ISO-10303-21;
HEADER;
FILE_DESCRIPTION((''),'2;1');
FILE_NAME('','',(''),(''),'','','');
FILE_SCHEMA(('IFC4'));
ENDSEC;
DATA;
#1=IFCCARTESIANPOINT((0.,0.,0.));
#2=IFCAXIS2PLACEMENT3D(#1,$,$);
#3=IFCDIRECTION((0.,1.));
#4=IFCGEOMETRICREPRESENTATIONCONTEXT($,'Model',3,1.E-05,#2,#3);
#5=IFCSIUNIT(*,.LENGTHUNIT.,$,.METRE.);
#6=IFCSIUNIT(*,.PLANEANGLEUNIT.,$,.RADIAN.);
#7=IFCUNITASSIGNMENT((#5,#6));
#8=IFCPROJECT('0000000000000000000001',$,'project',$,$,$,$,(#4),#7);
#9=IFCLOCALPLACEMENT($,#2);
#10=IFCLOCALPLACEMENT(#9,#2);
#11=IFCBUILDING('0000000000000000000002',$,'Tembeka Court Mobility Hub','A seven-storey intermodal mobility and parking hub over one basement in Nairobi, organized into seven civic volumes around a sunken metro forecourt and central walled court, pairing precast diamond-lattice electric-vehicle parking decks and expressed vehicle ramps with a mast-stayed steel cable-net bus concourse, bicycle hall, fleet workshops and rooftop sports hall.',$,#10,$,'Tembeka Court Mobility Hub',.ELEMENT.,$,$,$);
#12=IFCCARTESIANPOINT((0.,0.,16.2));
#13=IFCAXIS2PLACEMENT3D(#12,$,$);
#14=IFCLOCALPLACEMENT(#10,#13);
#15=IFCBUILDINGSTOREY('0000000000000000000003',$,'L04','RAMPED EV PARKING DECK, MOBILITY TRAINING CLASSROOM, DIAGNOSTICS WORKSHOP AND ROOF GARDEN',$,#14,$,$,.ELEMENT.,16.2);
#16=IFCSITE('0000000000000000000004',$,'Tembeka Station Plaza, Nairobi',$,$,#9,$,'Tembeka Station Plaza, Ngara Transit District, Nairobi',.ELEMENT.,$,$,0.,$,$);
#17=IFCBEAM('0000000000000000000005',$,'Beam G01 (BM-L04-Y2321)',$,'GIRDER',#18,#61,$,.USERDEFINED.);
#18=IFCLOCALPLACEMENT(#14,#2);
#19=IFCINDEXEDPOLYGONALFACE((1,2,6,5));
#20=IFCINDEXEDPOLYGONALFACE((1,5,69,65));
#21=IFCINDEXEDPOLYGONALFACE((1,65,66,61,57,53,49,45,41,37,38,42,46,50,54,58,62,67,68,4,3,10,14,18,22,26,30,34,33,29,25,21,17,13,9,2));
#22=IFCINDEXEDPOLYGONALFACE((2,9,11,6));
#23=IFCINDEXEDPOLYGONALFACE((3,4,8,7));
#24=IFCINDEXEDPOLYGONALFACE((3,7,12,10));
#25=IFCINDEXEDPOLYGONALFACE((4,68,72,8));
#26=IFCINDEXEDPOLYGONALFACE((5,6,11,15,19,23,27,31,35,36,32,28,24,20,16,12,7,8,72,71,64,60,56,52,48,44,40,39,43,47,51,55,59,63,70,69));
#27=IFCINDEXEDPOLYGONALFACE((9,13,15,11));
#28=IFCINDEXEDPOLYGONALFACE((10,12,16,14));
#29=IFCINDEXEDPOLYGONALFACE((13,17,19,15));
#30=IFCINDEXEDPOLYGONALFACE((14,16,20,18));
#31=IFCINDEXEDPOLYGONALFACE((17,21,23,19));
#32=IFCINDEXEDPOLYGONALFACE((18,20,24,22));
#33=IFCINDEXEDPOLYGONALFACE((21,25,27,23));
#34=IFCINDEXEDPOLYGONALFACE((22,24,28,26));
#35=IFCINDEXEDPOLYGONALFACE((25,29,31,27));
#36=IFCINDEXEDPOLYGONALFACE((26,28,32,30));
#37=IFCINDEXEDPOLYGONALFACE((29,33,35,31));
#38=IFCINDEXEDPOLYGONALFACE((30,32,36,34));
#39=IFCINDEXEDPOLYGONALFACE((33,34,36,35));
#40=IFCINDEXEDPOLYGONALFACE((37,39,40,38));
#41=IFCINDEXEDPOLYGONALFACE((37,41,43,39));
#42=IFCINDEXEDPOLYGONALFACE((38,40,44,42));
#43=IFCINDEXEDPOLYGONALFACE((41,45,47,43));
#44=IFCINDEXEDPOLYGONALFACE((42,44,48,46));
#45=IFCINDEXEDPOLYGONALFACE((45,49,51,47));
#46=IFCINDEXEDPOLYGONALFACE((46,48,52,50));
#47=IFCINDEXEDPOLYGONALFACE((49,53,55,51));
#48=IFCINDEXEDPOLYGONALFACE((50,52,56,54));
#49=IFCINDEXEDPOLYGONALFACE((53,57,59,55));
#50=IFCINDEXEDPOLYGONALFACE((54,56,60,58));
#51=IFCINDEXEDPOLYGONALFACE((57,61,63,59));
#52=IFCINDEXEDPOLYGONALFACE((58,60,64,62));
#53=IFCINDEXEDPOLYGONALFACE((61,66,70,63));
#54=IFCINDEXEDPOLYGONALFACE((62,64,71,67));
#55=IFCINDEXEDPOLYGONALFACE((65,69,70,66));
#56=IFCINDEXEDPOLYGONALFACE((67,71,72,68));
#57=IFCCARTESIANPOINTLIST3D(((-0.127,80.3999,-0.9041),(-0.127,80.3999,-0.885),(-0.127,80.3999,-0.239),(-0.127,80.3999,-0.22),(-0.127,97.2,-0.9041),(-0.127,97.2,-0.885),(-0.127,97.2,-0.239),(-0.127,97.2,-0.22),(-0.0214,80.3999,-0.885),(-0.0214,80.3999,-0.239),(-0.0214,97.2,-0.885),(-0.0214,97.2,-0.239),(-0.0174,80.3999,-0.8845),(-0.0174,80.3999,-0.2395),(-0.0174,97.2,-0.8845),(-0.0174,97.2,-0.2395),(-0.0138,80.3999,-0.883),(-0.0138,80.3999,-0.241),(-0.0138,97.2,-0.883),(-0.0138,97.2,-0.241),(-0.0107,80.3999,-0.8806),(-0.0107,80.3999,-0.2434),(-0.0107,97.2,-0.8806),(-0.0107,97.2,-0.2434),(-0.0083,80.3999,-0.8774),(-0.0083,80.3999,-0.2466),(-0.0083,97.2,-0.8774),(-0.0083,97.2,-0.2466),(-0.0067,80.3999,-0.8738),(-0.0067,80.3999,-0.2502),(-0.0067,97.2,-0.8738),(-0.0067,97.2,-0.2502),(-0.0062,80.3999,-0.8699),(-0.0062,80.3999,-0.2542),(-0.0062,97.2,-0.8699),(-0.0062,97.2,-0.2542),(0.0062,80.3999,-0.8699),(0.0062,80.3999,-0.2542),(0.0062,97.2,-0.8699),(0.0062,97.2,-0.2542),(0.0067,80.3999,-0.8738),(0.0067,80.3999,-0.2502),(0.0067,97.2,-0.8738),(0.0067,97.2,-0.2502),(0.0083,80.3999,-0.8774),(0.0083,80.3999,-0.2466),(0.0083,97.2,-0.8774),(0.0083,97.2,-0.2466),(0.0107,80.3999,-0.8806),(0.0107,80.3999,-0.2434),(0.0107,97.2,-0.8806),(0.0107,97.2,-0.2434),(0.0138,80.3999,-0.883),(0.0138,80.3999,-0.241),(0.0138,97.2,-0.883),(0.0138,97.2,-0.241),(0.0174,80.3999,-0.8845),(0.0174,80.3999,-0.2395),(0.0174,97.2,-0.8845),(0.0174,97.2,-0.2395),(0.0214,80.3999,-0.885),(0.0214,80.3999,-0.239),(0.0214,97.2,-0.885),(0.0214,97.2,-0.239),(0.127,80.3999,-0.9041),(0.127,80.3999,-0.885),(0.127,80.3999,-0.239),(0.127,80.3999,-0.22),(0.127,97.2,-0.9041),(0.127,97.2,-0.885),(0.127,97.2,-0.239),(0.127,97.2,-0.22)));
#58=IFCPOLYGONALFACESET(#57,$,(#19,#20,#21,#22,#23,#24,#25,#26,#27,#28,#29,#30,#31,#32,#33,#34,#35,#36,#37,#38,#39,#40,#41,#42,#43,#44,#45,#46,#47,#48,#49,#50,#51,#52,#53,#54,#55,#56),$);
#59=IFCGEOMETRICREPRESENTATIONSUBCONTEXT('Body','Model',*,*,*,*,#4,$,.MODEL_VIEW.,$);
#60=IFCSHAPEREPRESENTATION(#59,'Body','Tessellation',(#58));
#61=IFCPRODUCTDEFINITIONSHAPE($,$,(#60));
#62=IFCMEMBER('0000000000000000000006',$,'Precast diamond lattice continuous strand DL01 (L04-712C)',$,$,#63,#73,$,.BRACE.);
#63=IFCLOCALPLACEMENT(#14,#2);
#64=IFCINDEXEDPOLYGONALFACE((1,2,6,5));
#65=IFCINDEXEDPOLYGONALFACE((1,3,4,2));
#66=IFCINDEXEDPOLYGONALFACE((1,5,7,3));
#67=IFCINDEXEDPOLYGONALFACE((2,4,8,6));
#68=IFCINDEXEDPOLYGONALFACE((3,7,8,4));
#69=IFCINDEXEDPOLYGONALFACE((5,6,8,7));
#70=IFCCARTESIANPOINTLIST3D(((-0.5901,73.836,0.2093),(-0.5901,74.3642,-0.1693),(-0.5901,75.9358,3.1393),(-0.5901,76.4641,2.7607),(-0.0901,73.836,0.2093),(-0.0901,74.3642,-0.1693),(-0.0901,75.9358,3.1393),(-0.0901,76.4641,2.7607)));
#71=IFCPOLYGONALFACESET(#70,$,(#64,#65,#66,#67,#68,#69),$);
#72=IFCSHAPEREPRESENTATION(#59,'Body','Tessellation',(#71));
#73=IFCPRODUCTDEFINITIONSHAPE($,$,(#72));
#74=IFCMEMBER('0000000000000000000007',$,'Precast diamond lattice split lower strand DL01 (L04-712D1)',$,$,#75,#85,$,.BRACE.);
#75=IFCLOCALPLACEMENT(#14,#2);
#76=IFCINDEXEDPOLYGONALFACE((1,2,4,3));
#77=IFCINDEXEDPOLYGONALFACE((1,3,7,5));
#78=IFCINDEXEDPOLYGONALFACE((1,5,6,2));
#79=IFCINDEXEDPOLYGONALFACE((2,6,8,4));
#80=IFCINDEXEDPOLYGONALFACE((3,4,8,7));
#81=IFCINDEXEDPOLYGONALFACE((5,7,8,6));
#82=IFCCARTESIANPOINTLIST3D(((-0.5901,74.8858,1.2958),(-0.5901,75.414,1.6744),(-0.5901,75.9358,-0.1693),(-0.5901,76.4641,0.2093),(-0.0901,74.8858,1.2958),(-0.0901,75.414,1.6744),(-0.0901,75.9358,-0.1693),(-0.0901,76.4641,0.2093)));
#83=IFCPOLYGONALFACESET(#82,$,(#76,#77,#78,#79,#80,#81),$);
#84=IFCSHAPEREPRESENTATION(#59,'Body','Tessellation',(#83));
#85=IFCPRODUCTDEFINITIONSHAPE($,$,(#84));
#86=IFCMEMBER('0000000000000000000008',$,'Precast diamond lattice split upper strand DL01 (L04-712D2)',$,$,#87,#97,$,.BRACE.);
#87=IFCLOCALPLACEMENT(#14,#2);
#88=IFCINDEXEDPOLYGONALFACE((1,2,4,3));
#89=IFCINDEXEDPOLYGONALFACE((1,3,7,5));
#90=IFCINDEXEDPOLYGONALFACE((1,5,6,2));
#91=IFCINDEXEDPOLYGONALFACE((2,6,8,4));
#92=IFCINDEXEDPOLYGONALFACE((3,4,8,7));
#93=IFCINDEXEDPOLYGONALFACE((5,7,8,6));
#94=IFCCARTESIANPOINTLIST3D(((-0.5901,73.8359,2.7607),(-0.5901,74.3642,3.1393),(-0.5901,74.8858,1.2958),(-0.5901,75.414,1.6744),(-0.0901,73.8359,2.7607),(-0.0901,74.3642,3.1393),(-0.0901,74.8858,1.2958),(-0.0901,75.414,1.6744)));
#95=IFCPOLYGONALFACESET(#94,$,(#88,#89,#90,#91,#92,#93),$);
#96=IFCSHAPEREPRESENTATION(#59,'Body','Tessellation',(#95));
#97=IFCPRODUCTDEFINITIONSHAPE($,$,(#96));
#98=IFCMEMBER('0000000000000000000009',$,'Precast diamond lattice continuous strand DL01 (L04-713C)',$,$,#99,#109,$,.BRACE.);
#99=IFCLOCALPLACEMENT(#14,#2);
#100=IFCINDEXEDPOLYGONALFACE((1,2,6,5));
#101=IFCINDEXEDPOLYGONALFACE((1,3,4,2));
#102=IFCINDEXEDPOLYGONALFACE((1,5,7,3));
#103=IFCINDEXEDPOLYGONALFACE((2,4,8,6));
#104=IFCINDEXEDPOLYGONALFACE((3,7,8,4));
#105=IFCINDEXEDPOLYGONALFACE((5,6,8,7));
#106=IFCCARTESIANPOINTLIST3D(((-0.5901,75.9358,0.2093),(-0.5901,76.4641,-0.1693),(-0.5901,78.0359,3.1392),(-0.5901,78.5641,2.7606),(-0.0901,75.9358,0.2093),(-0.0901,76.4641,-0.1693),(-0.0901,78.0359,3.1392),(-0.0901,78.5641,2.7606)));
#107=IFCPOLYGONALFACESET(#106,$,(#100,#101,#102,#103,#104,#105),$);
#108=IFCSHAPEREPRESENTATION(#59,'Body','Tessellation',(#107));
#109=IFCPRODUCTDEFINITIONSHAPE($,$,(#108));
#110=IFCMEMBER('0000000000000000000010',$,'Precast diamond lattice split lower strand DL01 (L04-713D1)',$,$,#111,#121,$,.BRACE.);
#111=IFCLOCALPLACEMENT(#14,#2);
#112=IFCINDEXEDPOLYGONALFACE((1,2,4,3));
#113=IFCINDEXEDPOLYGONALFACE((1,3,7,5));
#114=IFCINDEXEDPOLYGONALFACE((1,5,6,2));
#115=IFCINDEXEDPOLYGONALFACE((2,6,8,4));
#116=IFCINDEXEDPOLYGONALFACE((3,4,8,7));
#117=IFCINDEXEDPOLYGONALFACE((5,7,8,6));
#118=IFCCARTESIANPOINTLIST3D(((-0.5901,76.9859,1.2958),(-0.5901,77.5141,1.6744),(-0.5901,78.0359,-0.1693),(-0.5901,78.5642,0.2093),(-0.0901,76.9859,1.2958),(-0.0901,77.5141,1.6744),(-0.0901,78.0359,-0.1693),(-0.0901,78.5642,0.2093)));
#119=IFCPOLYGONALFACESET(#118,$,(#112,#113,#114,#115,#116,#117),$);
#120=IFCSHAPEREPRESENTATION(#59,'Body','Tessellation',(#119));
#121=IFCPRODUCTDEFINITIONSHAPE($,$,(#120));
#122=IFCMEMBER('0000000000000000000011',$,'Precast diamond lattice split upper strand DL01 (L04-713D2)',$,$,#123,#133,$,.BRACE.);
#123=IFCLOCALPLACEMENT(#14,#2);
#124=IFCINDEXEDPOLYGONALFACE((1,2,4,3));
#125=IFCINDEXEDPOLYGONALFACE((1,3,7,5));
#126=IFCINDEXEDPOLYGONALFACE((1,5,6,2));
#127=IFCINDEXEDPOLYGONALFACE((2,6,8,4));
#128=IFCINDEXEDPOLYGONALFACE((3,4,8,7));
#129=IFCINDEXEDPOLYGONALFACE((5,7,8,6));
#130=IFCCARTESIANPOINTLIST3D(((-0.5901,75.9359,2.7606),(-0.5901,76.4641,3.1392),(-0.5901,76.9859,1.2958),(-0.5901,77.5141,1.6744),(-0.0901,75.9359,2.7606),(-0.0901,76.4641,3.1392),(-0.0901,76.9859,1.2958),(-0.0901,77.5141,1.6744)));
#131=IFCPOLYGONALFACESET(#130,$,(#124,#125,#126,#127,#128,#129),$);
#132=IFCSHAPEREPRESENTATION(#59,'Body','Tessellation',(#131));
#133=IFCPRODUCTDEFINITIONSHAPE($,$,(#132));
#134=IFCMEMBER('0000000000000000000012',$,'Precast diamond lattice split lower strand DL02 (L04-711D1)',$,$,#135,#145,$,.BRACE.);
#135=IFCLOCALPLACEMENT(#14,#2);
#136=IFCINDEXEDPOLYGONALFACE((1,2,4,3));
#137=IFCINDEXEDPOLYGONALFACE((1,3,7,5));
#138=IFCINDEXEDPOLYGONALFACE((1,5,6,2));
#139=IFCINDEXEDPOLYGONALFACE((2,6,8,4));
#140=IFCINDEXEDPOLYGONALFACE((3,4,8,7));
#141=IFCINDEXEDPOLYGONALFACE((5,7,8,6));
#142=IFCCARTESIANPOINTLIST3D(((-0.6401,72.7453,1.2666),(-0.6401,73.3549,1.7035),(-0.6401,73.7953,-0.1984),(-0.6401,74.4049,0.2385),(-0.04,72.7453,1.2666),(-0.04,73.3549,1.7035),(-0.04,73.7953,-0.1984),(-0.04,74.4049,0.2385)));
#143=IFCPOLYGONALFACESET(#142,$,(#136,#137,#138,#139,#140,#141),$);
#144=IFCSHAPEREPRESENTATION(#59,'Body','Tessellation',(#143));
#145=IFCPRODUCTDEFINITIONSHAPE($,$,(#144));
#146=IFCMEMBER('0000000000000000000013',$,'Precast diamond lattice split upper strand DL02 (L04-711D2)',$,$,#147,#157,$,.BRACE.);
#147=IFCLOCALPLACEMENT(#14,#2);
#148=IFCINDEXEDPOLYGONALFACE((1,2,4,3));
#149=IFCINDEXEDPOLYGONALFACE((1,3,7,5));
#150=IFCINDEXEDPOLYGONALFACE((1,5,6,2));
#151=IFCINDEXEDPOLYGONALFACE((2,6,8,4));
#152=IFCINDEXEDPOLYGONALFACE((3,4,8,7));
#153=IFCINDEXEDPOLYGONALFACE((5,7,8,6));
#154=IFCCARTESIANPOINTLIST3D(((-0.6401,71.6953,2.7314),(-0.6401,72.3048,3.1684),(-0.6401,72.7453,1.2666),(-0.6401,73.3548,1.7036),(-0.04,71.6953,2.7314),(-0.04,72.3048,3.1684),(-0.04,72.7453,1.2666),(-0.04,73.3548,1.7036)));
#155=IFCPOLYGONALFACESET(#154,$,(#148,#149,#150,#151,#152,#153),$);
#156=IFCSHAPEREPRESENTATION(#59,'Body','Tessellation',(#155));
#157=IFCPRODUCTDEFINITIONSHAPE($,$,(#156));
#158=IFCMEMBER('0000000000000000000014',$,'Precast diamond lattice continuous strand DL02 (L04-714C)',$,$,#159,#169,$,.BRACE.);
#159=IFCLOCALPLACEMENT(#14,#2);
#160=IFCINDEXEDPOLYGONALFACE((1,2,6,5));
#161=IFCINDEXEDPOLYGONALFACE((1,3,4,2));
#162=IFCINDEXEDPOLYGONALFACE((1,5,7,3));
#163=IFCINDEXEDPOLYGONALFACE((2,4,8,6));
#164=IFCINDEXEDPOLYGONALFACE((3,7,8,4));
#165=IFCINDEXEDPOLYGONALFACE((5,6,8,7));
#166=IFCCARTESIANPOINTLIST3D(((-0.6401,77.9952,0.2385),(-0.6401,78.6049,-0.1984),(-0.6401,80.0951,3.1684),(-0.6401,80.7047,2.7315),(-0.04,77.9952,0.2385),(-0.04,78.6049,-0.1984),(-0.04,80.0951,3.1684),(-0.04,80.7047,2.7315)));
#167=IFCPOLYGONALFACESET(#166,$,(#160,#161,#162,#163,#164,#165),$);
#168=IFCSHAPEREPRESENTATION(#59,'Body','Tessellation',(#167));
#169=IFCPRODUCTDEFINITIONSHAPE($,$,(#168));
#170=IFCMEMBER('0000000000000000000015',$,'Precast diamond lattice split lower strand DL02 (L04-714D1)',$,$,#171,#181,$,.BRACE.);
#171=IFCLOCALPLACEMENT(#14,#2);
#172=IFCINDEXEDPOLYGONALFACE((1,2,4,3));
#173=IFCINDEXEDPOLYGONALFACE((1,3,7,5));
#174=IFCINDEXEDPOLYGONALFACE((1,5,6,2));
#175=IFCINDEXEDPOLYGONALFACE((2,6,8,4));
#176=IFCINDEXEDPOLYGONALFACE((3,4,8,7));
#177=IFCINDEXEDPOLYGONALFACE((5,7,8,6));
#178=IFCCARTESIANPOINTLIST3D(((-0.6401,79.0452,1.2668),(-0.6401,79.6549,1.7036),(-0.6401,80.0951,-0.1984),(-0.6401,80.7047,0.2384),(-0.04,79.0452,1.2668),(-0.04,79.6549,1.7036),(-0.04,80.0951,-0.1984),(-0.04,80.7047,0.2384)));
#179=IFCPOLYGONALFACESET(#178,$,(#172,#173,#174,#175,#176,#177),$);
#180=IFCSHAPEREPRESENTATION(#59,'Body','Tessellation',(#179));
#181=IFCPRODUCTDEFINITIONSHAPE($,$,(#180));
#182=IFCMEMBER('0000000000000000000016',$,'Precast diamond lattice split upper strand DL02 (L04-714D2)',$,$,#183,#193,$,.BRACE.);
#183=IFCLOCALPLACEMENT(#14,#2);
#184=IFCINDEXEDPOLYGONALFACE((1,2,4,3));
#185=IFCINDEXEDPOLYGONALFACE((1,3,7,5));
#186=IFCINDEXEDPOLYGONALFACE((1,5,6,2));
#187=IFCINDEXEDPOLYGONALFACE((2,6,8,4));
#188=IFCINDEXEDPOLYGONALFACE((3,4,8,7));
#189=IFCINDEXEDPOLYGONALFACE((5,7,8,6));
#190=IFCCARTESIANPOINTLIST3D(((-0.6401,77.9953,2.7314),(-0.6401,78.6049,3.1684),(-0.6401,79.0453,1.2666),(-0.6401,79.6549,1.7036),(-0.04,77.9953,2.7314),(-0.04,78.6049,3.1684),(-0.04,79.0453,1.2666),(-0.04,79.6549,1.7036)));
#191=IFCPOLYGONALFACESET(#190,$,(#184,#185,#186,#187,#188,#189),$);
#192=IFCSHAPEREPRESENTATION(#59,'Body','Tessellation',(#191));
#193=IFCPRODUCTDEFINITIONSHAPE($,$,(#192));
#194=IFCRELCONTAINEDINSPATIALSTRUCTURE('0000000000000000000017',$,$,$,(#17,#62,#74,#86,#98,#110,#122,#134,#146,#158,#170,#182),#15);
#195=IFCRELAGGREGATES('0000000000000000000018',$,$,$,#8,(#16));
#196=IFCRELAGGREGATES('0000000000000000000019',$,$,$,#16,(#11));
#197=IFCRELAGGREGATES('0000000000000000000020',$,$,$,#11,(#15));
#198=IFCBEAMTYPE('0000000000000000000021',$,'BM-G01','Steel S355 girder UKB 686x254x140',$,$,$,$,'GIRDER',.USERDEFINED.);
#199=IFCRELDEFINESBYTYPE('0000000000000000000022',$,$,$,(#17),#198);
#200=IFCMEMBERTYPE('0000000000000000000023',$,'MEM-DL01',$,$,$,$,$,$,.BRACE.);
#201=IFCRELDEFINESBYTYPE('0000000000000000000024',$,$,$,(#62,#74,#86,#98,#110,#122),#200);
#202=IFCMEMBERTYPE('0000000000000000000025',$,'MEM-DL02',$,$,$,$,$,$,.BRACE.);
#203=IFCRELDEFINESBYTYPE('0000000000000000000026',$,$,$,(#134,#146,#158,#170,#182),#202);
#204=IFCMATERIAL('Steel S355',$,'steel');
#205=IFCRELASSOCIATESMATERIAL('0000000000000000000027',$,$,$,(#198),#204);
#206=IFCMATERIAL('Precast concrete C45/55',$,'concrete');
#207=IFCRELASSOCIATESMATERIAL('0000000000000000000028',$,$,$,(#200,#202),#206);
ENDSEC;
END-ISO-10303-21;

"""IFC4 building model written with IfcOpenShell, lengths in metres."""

from ifc_helpers import new_model, si_unit, direction, frame, origin, origin_2d, place, context, subcontext, project, spatial, rectangle, i_section, extrude, material, material_profile, profile_set, type_object, element, save


model = new_model("IFC4")

# Units and contexts
model_context = context("Model", 3, precision=1e-05, world=origin(), true_north=direction((0.0, 1.0)))
body_context = subcontext(model_context, "Body", "Model", "MODEL_VIEW")
ifc_project = project(units=[si_unit("LENGTHUNIT", "METRE"), si_unit("PLANEANGLEUNIT", "RADIAN")], contexts=[model_context])

# Site, building, storey
site_placement = place(None, origin())
site = spatial("IfcSite", under=ifc_project, at=site_placement, Name="Tembeka Station Plaza, Nairobi", LongName="Tembeka Station Plaza, Ngara Transit District, Nairobi", CompositionType="ELEMENT", RefElevation=0.0)
building_placement = place(site_placement, origin())
building = spatial("IfcBuilding", under=site, at=building_placement, Name="Tembeka Court Mobility Hub", Description="A seven-storey intermodal mobility and parking hub over one basement in Nairobi, organized into seven civic volumes around a sunken metro forecourt and central walled court, pairing precast diamond-lattice electric-vehicle parking decks and expressed vehicle ramps with a mast-stayed steel cable-net bus concourse, bicycle hall, fleet workshops and rooftop sports hall.", LongName="Tembeka Court Mobility Hub", CompositionType="ELEMENT")
storey_placement = place(building_placement, frame((0.0, 0.0, 16.2)))
storey = spatial("IfcBuildingStorey", under=building, at=storey_placement, Name="L04", Description="RAMPED EV PARKING DECK, MOBILITY TRAINING CLASSROOM, DIAGNOSTICS WORKSHOP AND ROOF GARDEN", CompositionType="ELEMENT", Elevation=16.2)

# Shared definitions
ifc_material_1 = material(Name="Steel S355", Category="steel")

# Beam
ifc_material_profile_1 = material_profile(ifc_material_1, i_section(OverallWidth=0.2539, OverallDepth=0.6841, WebThickness=0.0125, FlangeThickness=0.019, FilletRadius=0.0151, at=origin_2d()), Name="UKB 686x254x140")
ifc_profile_set_1 = profile_set([ifc_material_profile_1], Name="Steel S355")
beam_type_1 = type_object("IfcBeamType", Name="BM-G01", Description="Steel S355 girder UKB 686x254x140", ElementType="GIRDER", PredefinedType="USERDEFINED", material=ifc_profile_set_1)
beam_1_placement = place(storey_placement, frame((0.0, 80.3999, -0.562), z_axis=(0.0, 1.0, 0.0), x_axis=(-1.0, 0.0, 0.0)))
element("IfcBeam", 1, at=beam_1_placement, inside=storey, type_object=beam_type_1, Name="Beam G01 (BM-L04-Y2321)", ObjectType="GIRDER", PredefinedType="USERDEFINED", context=body_context, shape_type="SweptSolid", body=[
    extrude(i_section(OverallWidth=0.2539, OverallDepth=0.6841, WebThickness=0.0125, FlangeThickness=0.019, FilletRadius=0.0151, at=origin_2d()), origin(), (0.0, 0.0, 1.0), 16.8),
])

# Members
ifc_material_2 = material(Name="Precast concrete C45/55", Category="concrete")
ifc_material_profile_2 = material_profile(ifc_material_2, rectangle(XDim=0.5, YDim=0.6499, at=origin_2d()), Name="PC-DIAG 500x650")
ifc_profile_set_2 = profile_set([ifc_material_profile_2], Name="Precast concrete C45/55")
member_type_1 = type_object("IfcMemberType", Name="MEM-DL01", PredefinedType="BRACE", material=ifc_profile_set_2)
member_1_placement = place(storey_placement, frame((-0.3401, 74.1001, 0.02), z_axis=(0.0, 0.582532, 0.812808), x_axis=(-1.0, 0.0, 0.0)))
element("IfcMember", 2, at=member_1_placement, inside=storey, type_object=member_type_1, Name="Precast diamond lattice continuous strand DL01 (L04-712C)", PredefinedType="BRACE", context=body_context, shape_type="SweptSolid", body=[
    extrude(rectangle(XDim=0.5, YDim=0.6499, at=origin_2d()), origin(), (0.0, 0.0, 1.0), 3.6047),
])
member_2_placement = place(storey_placement, frame((-0.3401, 76.2, 0.02), z_axis=(0.0, -0.582544, 0.812799), x_axis=(1.0, 0.0, 0.0)))
element("IfcMember", 3, at=member_2_placement, inside=storey, type_object=member_type_1, Name="Precast diamond lattice split lower strand DL01 (L04-712D1)", PredefinedType="BRACE", context=body_context, shape_type="SweptSolid", body=[
    extrude(rectangle(XDim=0.5, YDim=0.6499, at=origin_2d()), origin(), (0.0, 0.0, 1.0), 1.8025),
])
member_3_placement = place(storey_placement, frame((-0.3401, 75.1499, 1.4851), z_axis=(0.0, -0.582519, 0.812817), x_axis=(1.0, 0.0, 0.0)))
element("IfcMember", 4, at=member_3_placement, inside=storey, type_object=member_type_1, Name="Precast diamond lattice split upper strand DL01 (L04-712D2)", PredefinedType="BRACE", context=body_context, shape_type="SweptSolid", body=[
    extrude(rectangle(XDim=0.5, YDim=0.6499, at=origin_2d()), origin(), (0.0, 0.0, 1.0), 1.8022),
])
member_4_placement = place(storey_placement, frame((-0.3401, 76.2, 0.02), z_axis=(0.0, 0.582576, 0.812776), x_axis=(-1.0, 0.0, 0.0)))
element("IfcMember", 5, at=member_4_placement, inside=storey, type_object=member_type_1, Name="Precast diamond lattice continuous strand DL01 (L04-713C)", PredefinedType="BRACE", context=body_context, shape_type="SweptSolid", body=[
    extrude(rectangle(XDim=0.5, YDim=0.6499, at=origin_2d()), origin(), (0.0, 0.0, 1.0), 3.6047),
])
member_5_placement = place(storey_placement, frame((-0.3401, 78.3, 0.02), z_axis=(0.0, -0.582544, 0.812799), x_axis=(1.0, 0.0, 0.0)))
element("IfcMember", 6, at=member_5_placement, inside=storey, type_object=member_type_1, Name="Precast diamond lattice split lower strand DL01 (L04-713D1)", PredefinedType="BRACE", context=body_context, shape_type="SweptSolid", body=[
    extrude(rectangle(XDim=0.5, YDim=0.6499, at=origin_2d()), origin(), (0.0, 0.0, 1.0), 1.8025),
])
member_6_placement = place(storey_placement, frame((-0.3401, 77.25, 1.4851), z_axis=(0.0, -0.582608, 0.812753), x_axis=(1.0, 0.0, 0.0)))
element("IfcMember", 7, at=member_6_placement, inside=storey, type_object=member_type_1, Name="Precast diamond lattice split upper strand DL01 (L04-713D2)", PredefinedType="BRACE", context=body_context, shape_type="SweptSolid", body=[
    extrude(rectangle(XDim=0.5, YDim=0.6499, at=origin_2d()), origin(), (0.0, 0.0, 1.0), 1.8022),
])
ifc_material_profile_3 = material_profile(ifc_material_2, rectangle(XDim=0.6001, YDim=0.75, at=origin_2d()), Name="PC-DIAG 600x750")
ifc_profile_set_3 = profile_set([ifc_material_profile_3], Name="Precast concrete C45/55")
member_type_2 = type_object("IfcMemberType", Name="MEM-DL02", PredefinedType="BRACE", material=ifc_profile_set_3)
member_7_placement = place(storey_placement, frame((-0.3401, 74.1001, 0.02), z_axis=(0.0, -0.582544, 0.812799), x_axis=(1.0, 0.0, 0.0)))
element("IfcMember", 8, at=member_7_placement, inside=storey, type_object=member_type_2, Name="Precast diamond lattice split lower strand DL02 (L04-711D1)", PredefinedType="BRACE", context=body_context, shape_type="SweptSolid", body=[
    extrude(rectangle(XDim=0.6001, YDim=0.75, at=origin_2d()), origin(), (0.0, 0.0, 1.0), 1.8025),
])
member_8_placement = place(storey_placement, frame((-0.3401, 73.05, 1.4851), z_axis=(0.0, -0.582608, 0.812753), x_axis=(1.0, 0.0, 0.0)))
element("IfcMember", 9, at=member_8_placement, inside=storey, type_object=member_type_2, Name="Precast diamond lattice split upper strand DL02 (L04-711D2)", PredefinedType="BRACE", context=body_context, shape_type="SweptSolid", body=[
    extrude(rectangle(XDim=0.6001, YDim=0.75, at=origin_2d()), origin(), (0.0, 0.0, 1.0), 1.8022),
])
member_9_placement = place(storey_placement, frame((-0.3401, 78.3, 0.02), z_axis=(0.0, 0.582532, 0.812808), x_axis=(-1.0, 0.0, 0.0)))
element("IfcMember", 10, at=member_9_placement, inside=storey, type_object=member_type_2, Name="Precast diamond lattice continuous strand DL02 (L04-714C)", PredefinedType="BRACE", context=body_context, shape_type="SweptSolid", body=[
    extrude(rectangle(XDim=0.6001, YDim=0.75, at=origin_2d()), origin(), (0.0, 0.0, 1.0), 3.6047),
])
member_10_placement = place(storey_placement, frame((-0.3401, 80.3999, 0.02), z_axis=(0.0, -0.582455, 0.812863), x_axis=(1.0, 0.0, 0.0)))
element("IfcMember", 11, at=member_10_placement, inside=storey, type_object=member_type_2, Name="Precast diamond lattice split lower strand DL02 (L04-714D1)", PredefinedType="BRACE", context=body_context, shape_type="SweptSolid", body=[
    extrude(rectangle(XDim=0.6001, YDim=0.75, at=origin_2d()), origin(), (0.0, 0.0, 1.0), 1.8025),
])
member_11_placement = place(storey_placement, frame((-0.3401, 79.3501, 1.4851), z_axis=(0.0, -0.582608, 0.812753), x_axis=(1.0, 0.0, 0.0)))
element("IfcMember", 12, at=member_11_placement, inside=storey, type_object=member_type_2, Name="Precast diamond lattice split upper strand DL02 (L04-714D2)", PredefinedType="BRACE", context=body_context, shape_type="SweptSolid", body=[
    extrude(rectangle(XDim=0.6001, YDim=0.75, at=origin_2d()), origin(), (0.0, 0.0, 1.0), 1.8022),
])

save(model, "model.ifc")
